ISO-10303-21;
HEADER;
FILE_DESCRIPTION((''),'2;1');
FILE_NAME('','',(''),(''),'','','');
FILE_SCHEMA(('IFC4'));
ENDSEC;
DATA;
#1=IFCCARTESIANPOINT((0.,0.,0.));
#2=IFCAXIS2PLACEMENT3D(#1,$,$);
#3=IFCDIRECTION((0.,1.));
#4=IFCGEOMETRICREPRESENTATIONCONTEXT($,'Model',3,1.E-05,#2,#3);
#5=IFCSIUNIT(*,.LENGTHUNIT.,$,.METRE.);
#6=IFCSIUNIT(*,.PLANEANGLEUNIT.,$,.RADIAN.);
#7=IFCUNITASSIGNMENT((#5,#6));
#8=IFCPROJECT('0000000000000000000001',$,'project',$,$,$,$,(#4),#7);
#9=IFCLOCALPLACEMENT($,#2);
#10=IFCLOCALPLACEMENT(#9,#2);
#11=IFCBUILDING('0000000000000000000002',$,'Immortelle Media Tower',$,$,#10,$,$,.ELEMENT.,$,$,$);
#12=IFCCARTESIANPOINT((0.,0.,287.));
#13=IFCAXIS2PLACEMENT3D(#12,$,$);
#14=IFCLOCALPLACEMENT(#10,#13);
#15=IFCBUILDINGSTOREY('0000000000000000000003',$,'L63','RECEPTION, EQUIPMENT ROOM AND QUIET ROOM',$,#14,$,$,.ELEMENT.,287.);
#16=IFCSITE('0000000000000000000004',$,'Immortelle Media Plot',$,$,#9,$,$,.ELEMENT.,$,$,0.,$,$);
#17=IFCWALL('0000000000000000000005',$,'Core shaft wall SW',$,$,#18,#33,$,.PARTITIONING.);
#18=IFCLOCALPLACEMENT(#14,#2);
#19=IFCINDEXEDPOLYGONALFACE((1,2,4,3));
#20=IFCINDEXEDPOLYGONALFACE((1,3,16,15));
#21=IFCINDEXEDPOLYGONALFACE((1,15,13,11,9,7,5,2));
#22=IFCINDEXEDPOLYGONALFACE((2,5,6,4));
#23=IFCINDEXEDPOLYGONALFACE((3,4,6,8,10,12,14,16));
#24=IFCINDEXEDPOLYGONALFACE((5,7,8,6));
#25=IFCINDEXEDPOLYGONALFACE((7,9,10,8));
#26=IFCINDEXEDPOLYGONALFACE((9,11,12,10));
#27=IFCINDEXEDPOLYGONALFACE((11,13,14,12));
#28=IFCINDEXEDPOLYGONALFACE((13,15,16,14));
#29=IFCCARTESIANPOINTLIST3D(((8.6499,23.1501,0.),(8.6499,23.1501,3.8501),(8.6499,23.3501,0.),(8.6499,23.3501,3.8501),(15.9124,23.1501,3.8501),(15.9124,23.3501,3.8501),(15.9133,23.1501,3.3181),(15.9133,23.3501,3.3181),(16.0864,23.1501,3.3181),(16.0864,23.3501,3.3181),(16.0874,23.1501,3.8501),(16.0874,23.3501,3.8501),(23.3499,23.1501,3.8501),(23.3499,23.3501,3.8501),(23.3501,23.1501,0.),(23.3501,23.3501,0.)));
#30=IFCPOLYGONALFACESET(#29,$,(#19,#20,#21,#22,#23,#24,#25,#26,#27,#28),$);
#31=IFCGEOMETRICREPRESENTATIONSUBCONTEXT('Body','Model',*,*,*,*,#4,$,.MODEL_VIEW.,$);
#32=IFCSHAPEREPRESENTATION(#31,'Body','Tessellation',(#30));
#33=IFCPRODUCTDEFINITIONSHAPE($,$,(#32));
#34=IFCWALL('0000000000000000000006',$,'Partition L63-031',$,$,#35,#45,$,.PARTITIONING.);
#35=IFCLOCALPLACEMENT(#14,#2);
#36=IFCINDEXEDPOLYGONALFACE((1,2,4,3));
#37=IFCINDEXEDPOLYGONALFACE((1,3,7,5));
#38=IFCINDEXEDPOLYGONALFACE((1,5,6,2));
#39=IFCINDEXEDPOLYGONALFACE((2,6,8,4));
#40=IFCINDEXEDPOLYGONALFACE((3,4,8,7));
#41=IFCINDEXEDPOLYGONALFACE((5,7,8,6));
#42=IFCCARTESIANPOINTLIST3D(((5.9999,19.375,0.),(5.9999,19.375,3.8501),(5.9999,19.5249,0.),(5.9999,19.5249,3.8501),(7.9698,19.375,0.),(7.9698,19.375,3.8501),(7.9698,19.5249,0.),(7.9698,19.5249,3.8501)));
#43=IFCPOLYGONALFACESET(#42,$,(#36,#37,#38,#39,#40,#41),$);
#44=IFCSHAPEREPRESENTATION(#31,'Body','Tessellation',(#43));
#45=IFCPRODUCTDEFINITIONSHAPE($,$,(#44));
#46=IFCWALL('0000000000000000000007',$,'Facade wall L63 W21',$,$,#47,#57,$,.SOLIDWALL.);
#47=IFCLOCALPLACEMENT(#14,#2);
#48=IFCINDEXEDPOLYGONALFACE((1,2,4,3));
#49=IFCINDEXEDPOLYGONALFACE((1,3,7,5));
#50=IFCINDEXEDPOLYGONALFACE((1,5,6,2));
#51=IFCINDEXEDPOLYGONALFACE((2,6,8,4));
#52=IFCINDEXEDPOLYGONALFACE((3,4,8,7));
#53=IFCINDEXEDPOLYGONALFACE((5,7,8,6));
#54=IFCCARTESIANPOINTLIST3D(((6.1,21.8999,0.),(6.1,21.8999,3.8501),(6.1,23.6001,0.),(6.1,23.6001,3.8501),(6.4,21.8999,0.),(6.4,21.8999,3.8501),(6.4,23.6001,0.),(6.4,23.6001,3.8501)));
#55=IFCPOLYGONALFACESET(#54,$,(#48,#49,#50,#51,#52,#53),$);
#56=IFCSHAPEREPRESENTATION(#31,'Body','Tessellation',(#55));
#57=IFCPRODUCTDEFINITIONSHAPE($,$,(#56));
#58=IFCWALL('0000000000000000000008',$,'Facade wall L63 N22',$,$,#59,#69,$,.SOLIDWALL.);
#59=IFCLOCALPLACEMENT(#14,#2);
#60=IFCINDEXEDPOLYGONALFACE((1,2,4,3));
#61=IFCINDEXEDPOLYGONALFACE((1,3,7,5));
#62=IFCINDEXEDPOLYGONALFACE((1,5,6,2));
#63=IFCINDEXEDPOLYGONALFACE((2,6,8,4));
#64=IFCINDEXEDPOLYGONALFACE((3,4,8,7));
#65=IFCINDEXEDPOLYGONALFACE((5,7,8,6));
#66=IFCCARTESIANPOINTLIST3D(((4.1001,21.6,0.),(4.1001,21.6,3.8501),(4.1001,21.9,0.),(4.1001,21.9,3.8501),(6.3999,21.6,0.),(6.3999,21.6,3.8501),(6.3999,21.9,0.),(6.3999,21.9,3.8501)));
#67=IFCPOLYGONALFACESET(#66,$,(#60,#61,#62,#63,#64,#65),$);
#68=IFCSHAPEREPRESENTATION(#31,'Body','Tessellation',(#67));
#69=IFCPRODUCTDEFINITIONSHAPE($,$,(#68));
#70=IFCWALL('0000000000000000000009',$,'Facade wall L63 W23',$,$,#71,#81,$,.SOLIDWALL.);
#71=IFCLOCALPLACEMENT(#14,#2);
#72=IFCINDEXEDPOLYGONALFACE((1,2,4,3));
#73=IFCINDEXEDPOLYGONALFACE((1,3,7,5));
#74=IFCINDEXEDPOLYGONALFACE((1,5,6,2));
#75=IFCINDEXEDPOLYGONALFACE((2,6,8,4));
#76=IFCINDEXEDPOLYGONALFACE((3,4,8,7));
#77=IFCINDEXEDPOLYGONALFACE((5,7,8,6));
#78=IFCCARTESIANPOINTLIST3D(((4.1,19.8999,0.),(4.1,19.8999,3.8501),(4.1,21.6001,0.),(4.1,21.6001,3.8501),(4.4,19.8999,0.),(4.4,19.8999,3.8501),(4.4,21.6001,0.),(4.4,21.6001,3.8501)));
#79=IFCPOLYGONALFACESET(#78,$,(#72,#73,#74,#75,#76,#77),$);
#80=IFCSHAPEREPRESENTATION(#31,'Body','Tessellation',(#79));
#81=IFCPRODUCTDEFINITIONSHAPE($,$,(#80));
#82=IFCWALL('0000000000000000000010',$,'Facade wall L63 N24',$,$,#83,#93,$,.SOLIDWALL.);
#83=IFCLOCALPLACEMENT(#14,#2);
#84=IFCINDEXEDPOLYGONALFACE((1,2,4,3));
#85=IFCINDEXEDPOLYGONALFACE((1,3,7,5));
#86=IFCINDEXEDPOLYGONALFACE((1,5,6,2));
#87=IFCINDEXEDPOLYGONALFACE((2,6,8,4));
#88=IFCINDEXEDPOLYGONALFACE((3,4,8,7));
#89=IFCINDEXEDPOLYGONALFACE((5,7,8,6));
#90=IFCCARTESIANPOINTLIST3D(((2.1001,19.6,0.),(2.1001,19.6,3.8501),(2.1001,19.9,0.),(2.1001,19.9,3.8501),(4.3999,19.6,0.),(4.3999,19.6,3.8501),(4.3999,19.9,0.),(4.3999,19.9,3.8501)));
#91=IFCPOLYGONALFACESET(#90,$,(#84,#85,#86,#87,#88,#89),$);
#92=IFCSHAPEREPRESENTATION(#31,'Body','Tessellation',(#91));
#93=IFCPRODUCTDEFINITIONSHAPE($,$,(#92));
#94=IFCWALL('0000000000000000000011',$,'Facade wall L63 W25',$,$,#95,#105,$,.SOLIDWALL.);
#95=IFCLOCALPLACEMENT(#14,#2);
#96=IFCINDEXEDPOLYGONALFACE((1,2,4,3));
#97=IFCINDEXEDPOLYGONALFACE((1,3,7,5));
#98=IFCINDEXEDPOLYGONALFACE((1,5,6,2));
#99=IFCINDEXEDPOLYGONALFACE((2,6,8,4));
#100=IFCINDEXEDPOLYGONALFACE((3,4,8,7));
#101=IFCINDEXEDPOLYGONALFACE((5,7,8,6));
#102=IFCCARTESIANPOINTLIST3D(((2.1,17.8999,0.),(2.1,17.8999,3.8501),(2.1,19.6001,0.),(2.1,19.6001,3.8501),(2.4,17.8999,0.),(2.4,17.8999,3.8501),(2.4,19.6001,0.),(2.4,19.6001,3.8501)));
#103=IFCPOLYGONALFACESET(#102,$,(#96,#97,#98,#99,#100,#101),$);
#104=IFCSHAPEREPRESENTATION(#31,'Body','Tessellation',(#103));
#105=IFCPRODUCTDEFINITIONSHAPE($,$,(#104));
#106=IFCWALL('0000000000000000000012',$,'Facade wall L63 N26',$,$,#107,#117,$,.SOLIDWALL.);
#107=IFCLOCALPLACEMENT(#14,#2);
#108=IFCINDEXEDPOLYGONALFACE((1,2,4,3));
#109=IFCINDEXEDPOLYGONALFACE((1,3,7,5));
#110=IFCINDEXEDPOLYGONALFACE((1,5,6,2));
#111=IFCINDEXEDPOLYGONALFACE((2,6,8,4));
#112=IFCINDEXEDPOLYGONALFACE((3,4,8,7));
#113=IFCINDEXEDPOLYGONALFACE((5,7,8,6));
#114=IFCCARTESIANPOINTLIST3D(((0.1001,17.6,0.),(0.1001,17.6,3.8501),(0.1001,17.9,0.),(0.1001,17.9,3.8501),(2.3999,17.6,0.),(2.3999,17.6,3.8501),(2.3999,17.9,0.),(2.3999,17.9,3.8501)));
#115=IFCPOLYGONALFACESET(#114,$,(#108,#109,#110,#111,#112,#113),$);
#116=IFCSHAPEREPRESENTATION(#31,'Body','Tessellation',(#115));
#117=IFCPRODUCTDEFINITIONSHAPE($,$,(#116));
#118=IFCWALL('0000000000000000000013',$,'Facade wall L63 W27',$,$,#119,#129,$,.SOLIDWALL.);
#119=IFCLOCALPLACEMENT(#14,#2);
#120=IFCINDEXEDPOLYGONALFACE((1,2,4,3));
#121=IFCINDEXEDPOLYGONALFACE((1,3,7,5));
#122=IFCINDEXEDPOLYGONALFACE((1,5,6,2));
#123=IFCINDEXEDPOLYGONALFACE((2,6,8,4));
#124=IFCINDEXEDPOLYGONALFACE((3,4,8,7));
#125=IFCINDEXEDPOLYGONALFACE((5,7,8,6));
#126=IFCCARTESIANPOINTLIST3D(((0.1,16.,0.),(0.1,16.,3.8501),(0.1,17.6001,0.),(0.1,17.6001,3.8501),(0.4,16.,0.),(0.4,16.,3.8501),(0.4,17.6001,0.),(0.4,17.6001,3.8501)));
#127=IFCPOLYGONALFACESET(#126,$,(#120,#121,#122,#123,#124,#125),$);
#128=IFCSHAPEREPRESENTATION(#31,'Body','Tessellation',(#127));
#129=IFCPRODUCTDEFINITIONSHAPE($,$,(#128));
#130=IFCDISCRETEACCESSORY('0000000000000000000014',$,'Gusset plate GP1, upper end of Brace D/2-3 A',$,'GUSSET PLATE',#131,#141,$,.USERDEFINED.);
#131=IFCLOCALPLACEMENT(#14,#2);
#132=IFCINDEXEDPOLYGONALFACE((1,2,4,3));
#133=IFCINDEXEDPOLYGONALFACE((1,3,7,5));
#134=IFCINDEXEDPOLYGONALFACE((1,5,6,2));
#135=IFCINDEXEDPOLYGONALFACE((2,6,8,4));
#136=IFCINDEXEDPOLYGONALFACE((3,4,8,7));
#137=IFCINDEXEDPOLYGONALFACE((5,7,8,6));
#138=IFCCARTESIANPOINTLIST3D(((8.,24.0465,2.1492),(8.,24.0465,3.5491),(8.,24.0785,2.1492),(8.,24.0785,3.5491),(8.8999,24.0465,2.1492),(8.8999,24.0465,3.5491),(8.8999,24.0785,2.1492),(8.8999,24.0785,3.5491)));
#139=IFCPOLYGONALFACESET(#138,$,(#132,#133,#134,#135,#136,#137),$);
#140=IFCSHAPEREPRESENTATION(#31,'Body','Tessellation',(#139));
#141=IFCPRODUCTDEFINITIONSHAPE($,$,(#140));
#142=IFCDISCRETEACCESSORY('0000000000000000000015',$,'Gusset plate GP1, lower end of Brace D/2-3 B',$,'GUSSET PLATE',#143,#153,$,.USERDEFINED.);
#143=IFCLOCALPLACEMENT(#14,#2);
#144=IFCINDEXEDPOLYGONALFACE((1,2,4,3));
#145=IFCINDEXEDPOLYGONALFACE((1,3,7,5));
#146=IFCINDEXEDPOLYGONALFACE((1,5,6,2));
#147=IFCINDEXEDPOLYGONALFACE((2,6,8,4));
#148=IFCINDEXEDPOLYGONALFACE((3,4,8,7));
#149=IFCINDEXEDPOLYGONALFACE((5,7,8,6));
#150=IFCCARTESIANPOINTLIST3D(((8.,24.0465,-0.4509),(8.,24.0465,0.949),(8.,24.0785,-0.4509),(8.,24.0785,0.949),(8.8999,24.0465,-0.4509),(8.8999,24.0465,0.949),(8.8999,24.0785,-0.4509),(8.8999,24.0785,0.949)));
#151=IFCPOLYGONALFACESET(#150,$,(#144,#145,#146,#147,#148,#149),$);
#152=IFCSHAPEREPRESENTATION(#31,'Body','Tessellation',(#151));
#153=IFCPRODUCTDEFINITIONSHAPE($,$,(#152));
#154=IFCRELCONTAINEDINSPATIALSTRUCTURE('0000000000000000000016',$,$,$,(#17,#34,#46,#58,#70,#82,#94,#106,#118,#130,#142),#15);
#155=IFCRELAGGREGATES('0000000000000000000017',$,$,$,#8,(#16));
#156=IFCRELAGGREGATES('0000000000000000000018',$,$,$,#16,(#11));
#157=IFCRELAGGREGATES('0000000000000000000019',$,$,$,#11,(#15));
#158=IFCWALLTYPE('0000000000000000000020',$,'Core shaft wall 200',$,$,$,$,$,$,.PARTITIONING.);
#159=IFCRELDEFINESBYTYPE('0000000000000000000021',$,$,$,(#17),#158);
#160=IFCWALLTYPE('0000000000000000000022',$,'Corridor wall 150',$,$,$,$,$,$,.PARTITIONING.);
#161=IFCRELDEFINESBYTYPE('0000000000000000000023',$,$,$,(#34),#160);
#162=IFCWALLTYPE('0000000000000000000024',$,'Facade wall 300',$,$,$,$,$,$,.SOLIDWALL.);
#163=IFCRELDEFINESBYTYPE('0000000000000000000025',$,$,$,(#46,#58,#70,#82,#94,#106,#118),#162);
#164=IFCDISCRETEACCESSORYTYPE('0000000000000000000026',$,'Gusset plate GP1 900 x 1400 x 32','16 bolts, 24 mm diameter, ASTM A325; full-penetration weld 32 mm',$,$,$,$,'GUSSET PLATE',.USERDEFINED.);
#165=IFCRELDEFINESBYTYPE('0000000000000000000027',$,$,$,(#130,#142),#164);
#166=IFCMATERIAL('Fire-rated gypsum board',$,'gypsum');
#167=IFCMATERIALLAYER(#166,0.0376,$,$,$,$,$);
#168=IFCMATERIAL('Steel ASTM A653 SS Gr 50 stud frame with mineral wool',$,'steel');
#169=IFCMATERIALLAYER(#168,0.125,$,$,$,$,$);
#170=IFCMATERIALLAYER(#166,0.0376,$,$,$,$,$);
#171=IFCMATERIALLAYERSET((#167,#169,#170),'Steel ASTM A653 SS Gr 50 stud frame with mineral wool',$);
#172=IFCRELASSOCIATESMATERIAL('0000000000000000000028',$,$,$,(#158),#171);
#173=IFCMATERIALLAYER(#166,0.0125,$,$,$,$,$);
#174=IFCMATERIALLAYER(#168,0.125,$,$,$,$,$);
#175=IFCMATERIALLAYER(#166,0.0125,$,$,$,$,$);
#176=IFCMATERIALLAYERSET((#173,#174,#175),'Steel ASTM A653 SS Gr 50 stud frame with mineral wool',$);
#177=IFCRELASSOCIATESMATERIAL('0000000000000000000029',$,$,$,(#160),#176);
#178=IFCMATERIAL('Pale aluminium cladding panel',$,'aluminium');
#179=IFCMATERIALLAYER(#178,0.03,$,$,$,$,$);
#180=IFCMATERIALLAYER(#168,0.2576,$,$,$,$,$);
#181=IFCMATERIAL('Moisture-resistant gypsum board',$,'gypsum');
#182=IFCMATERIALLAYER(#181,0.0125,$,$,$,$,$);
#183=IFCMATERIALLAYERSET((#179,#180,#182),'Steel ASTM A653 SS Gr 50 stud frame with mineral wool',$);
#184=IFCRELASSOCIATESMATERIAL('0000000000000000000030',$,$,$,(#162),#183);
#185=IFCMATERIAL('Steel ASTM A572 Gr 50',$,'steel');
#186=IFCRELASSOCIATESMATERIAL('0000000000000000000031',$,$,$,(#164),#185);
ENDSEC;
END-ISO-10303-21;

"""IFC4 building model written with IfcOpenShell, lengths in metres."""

from ifc_helpers import new_model, si_unit, direction, frame, frame_2d, origin, origin_2d, place, context, subcontext, project, spatial, polyline, rectangle, outline, extrude, material, layer, layer_set, material_profile, profile_set, type_object, element, save


model = new_model("IFC4")

# Units and contexts
model_context = context("Model", 3, precision=1e-05, world=origin(), true_north=direction((0.0, 1.0)))
body_context = subcontext(model_context, "Body", "Model", "MODEL_VIEW")
ifc_project = project(units=[si_unit("LENGTHUNIT", "METRE"), si_unit("PLANEANGLEUNIT", "RADIAN")], contexts=[model_context])

# Site, building, storey
site_placement = place(None, origin())
site = spatial("IfcSite", under=ifc_project, at=site_placement, Name="Immortelle Media Plot", CompositionType="ELEMENT", RefElevation=0.0)
building_placement = place(site_placement, origin())
building = spatial("IfcBuilding", under=site, at=building_placement, Name="Immortelle Media Tower", CompositionType="ELEMENT")
storey_placement = place(building_placement, frame((0.0, 0.0, 287.0)))
storey = spatial("IfcBuildingStorey", under=building, at=storey_placement, Name="L63", Description="RECEPTION, EQUIPMENT ROOM AND QUIET ROOM", CompositionType="ELEMENT", Elevation=287.0)

# Walls
ifc_material_1 = material(Name="Fire-rated gypsum board", Category="gypsum")
ifc_layer_1 = layer(ifc_material_1, 0.0376)
ifc_material_2 = material(Name="Steel ASTM A653 SS Gr 50 stud frame with mineral wool", Category="steel")
ifc_layer_2 = layer(ifc_material_2, 0.125)
ifc_layer_3 = layer(ifc_material_1, 0.0376)
ifc_layer_set_1 = layer_set([ifc_layer_1, ifc_layer_2, ifc_layer_3], Name="Steel ASTM A653 SS Gr 50 stud frame with mineral wool")
wall_type_1 = type_object("IfcWallType", Name="Core shaft wall 200", PredefinedType="PARTITIONING", material=ifc_layer_set_1)
wall_1_placement = place(storey_placement, frame((8.6499, 23.25, 0.0), z_axis=(0.0, 0.0, 1.0), x_axis=(1.0, 0.0, 0.0)))
element("IfcWall", 1, at=wall_1_placement, inside=storey, type_object=wall_type_1, Name="Core shaft wall SW", PredefinedType="PARTITIONING", context=body_context, shape_type="SweptSolid", body=[
    extrude(outline(polyline([(0.0, 0.0), (14.7002, 0.0), (14.7, 3.8501), (7.4375, 3.8501), (7.4365, 3.3181), (7.2634, 3.3181), (7.2625, 3.8501), (0.0, 3.8501), (0.0, 0.0)])), frame((0.0, 0.1001, 0.0), z_axis=(0.0, -1.0, 0.0), x_axis=(1.0, 0.0, 0.0)), (0.0, 0.0, 1.0), 0.2),
])
ifc_layer_4 = layer(ifc_material_1, 0.0125)
ifc_layer_5 = layer(ifc_material_2, 0.125)
ifc_layer_6 = layer(ifc_material_1, 0.0125)
ifc_layer_set_2 = layer_set([ifc_layer_4, ifc_layer_5, ifc_layer_6], Name="Steel ASTM A653 SS Gr 50 stud frame with mineral wool")
wall_type_2 = type_object("IfcWallType", Name="Corridor wall 150", PredefinedType="PARTITIONING", material=ifc_layer_set_2)
wall_2_placement = place(storey_placement, frame((6.0, 19.45, 0.0), z_axis=(0.0, 0.0, 1.0), x_axis=(1.0, 0.0, 0.0)))
element("IfcWall", 2, at=wall_2_placement, inside=storey, type_object=wall_type_2, Name="Partition L63-031", PredefinedType="PARTITIONING", context=body_context, shape_type="SweptSolid", body=[
    extrude(rectangle(XDim=1.97, YDim=0.1499, at=frame_2d((0.9849, 0.0))), origin(), (0.0, 0.0, 1.0), 3.8501),
])
ifc_material_3 = material(Name="Pale aluminium cladding panel", Category="aluminium")
ifc_layer_7 = layer(ifc_material_3, 0.03)
ifc_layer_8 = layer(ifc_material_2, 0.2576)
ifc_material_4 = material(Name="Moisture-resistant gypsum board", Category="gypsum")
ifc_layer_9 = layer(ifc_material_4, 0.0125)
ifc_layer_set_3 = layer_set([ifc_layer_7, ifc_layer_8, ifc_layer_9], Name="Steel ASTM A653 SS Gr 50 stud frame with mineral wool")
wall_type_3 = type_object("IfcWallType", Name="Facade wall 300", PredefinedType="SOLIDWALL", material=ifc_layer_set_3)
wall_3_placement = place(storey_placement, frame((6.25, 23.6001, 0.0), z_axis=(0.0, 0.0, 1.0), x_axis=(0.0, -1.0, 0.0)))
element("IfcWall", 3, at=wall_3_placement, inside=storey, type_object=wall_type_3, Name="Facade wall L63 W21", PredefinedType="SOLIDWALL", context=body_context, shape_type="SweptSolid", body=[
    extrude(rectangle(XDim=1.7002, YDim=0.3, at=frame_2d((0.8501, 0.0))), origin(), (0.0, 0.0, 1.0), 3.8501),
])
wall_4_placement = place(storey_placement, frame((6.3999, 21.75, 0.0), z_axis=(0.0, 0.0, 1.0), x_axis=(-1.0, 0.0, 0.0)))
element("IfcWall", 4, at=wall_4_placement, inside=storey, type_object=wall_type_3, Name="Facade wall L63 N22", PredefinedType="SOLIDWALL", context=body_context, shape_type="SweptSolid", body=[
    extrude(rectangle(XDim=2.2998, YDim=0.3, at=frame_2d((1.1499, 0.0))), origin(), (0.0, 0.0, 1.0), 3.8501),
])
wall_5_placement = place(storey_placement, frame((4.25, 21.6001, 0.0), z_axis=(0.0, 0.0, 1.0), x_axis=(0.0, -1.0, 0.0)))
element("IfcWall", 5, at=wall_5_placement, inside=storey, type_object=wall_type_3, Name="Facade wall L63 W23", PredefinedType="SOLIDWALL", context=body_context, shape_type="SweptSolid", body=[
    extrude(rectangle(XDim=1.7002, YDim=0.3, at=frame_2d((0.8501, 0.0))), origin(), (0.0, 0.0, 1.0), 3.8501),
])
wall_6_placement = place(storey_placement, frame((4.3999, 19.75, 0.0), z_axis=(0.0, 0.0, 1.0), x_axis=(-1.0, 0.0, 0.0)))
element("IfcWall", 6, at=wall_6_placement, inside=storey, type_object=wall_type_3, Name="Facade wall L63 N24", PredefinedType="SOLIDWALL", context=body_context, shape_type="SweptSolid", body=[
    extrude(rectangle(XDim=2.2998, YDim=0.3, at=frame_2d((1.1499, 0.0))), origin(), (0.0, 0.0, 1.0), 3.8501),
])
wall_7_placement = place(storey_placement, frame((2.25, 19.6001, 0.0), z_axis=(0.0, 0.0, 1.0), x_axis=(0.0, -1.0, 0.0)))
element("IfcWall", 7, at=wall_7_placement, inside=storey, type_object=wall_type_3, Name="Facade wall L63 W25", PredefinedType="SOLIDWALL", context=body_context, shape_type="SweptSolid", body=[
    extrude(rectangle(XDim=1.7002, YDim=0.3, at=frame_2d((0.8501, 0.0))), origin(), (0.0, 0.0, 1.0), 3.8501),
])
wall_8_placement = place(storey_placement, frame((2.3999, 17.75, 0.0), z_axis=(0.0, 0.0, 1.0), x_axis=(-1.0, 0.0, 0.0)))
element("IfcWall", 8, at=wall_8_placement, inside=storey, type_object=wall_type_3, Name="Facade wall L63 N26", PredefinedType="SOLIDWALL", context=body_context, shape_type="SweptSolid", body=[
    extrude(rectangle(XDim=2.2998, YDim=0.3, at=frame_2d((1.1499, 0.0))), origin(), (0.0, 0.0, 1.0), 3.8501),
])
wall_9_placement = place(storey_placement, frame((0.25, 17.6001, 0.0), z_axis=(0.0, 0.0, 1.0), x_axis=(0.0, -1.0, 0.0)))
element("IfcWall", 9, at=wall_9_placement, inside=storey, type_object=wall_type_3, Name="Facade wall L63 W27", PredefinedType="SOLIDWALL", context=body_context, shape_type="SweptSolid", body=[
    extrude(rectangle(XDim=1.6001, YDim=0.3, at=frame_2d((0.8, 0.0))), origin(), (0.0, 0.0, 1.0), 3.8501),
])

# Discrete accessories
ifc_material_5 = material(Name="Steel ASTM A572 Gr 50", Category="steel")
ifc_material_profile_1 = material_profile(ifc_material_5, rectangle(XDim=0.032, YDim=1.3999, at=origin_2d()), Name="PL 32 x 1400")
ifc_profile_set_1 = profile_set([ifc_material_profile_1], Name="Steel ASTM A572 Gr 50")
discrete_accessory_type = type_object("IfcDiscreteAccessoryType", Name="Gusset plate GP1 900 x 1400 x 32", Description="16 bolts, 24 mm diameter, ASTM A325; full-penetration weld 32 mm", ElementType="GUSSET PLATE", PredefinedType="USERDEFINED", material=ifc_profile_set_1)
for number, where, z_axis, x_axis, name in (
    (10, (8.0, 24.0625, 2.8491), (1.0, 0.0, 0.0), (0.0, 1.0, 0.0), "Gusset plate GP1, upper end of Brace D/2-3 A"),
    (11, (8.0, 24.0625, 0.249), (1.0, 0.0, 0.0), (0.0, 1.0, 0.0), "Gusset plate GP1, lower end of Brace D/2-3 B"),
):
    element("IfcDiscreteAccessory", number, at=place(storey_placement, frame(where, z_axis=z_axis, x_axis=x_axis)), inside=storey, type_object=discrete_accessory_type, Name=name, ObjectType="GUSSET PLATE", PredefinedType="USERDEFINED", context=body_context, shape_type="SweptSolid", body=[
        extrude(rectangle(XDim=0.032, YDim=1.3999, at=origin_2d()), origin(), (0.0, 0.0, 1.0), 0.8999),
    ])

save(model, "model.ifc")
